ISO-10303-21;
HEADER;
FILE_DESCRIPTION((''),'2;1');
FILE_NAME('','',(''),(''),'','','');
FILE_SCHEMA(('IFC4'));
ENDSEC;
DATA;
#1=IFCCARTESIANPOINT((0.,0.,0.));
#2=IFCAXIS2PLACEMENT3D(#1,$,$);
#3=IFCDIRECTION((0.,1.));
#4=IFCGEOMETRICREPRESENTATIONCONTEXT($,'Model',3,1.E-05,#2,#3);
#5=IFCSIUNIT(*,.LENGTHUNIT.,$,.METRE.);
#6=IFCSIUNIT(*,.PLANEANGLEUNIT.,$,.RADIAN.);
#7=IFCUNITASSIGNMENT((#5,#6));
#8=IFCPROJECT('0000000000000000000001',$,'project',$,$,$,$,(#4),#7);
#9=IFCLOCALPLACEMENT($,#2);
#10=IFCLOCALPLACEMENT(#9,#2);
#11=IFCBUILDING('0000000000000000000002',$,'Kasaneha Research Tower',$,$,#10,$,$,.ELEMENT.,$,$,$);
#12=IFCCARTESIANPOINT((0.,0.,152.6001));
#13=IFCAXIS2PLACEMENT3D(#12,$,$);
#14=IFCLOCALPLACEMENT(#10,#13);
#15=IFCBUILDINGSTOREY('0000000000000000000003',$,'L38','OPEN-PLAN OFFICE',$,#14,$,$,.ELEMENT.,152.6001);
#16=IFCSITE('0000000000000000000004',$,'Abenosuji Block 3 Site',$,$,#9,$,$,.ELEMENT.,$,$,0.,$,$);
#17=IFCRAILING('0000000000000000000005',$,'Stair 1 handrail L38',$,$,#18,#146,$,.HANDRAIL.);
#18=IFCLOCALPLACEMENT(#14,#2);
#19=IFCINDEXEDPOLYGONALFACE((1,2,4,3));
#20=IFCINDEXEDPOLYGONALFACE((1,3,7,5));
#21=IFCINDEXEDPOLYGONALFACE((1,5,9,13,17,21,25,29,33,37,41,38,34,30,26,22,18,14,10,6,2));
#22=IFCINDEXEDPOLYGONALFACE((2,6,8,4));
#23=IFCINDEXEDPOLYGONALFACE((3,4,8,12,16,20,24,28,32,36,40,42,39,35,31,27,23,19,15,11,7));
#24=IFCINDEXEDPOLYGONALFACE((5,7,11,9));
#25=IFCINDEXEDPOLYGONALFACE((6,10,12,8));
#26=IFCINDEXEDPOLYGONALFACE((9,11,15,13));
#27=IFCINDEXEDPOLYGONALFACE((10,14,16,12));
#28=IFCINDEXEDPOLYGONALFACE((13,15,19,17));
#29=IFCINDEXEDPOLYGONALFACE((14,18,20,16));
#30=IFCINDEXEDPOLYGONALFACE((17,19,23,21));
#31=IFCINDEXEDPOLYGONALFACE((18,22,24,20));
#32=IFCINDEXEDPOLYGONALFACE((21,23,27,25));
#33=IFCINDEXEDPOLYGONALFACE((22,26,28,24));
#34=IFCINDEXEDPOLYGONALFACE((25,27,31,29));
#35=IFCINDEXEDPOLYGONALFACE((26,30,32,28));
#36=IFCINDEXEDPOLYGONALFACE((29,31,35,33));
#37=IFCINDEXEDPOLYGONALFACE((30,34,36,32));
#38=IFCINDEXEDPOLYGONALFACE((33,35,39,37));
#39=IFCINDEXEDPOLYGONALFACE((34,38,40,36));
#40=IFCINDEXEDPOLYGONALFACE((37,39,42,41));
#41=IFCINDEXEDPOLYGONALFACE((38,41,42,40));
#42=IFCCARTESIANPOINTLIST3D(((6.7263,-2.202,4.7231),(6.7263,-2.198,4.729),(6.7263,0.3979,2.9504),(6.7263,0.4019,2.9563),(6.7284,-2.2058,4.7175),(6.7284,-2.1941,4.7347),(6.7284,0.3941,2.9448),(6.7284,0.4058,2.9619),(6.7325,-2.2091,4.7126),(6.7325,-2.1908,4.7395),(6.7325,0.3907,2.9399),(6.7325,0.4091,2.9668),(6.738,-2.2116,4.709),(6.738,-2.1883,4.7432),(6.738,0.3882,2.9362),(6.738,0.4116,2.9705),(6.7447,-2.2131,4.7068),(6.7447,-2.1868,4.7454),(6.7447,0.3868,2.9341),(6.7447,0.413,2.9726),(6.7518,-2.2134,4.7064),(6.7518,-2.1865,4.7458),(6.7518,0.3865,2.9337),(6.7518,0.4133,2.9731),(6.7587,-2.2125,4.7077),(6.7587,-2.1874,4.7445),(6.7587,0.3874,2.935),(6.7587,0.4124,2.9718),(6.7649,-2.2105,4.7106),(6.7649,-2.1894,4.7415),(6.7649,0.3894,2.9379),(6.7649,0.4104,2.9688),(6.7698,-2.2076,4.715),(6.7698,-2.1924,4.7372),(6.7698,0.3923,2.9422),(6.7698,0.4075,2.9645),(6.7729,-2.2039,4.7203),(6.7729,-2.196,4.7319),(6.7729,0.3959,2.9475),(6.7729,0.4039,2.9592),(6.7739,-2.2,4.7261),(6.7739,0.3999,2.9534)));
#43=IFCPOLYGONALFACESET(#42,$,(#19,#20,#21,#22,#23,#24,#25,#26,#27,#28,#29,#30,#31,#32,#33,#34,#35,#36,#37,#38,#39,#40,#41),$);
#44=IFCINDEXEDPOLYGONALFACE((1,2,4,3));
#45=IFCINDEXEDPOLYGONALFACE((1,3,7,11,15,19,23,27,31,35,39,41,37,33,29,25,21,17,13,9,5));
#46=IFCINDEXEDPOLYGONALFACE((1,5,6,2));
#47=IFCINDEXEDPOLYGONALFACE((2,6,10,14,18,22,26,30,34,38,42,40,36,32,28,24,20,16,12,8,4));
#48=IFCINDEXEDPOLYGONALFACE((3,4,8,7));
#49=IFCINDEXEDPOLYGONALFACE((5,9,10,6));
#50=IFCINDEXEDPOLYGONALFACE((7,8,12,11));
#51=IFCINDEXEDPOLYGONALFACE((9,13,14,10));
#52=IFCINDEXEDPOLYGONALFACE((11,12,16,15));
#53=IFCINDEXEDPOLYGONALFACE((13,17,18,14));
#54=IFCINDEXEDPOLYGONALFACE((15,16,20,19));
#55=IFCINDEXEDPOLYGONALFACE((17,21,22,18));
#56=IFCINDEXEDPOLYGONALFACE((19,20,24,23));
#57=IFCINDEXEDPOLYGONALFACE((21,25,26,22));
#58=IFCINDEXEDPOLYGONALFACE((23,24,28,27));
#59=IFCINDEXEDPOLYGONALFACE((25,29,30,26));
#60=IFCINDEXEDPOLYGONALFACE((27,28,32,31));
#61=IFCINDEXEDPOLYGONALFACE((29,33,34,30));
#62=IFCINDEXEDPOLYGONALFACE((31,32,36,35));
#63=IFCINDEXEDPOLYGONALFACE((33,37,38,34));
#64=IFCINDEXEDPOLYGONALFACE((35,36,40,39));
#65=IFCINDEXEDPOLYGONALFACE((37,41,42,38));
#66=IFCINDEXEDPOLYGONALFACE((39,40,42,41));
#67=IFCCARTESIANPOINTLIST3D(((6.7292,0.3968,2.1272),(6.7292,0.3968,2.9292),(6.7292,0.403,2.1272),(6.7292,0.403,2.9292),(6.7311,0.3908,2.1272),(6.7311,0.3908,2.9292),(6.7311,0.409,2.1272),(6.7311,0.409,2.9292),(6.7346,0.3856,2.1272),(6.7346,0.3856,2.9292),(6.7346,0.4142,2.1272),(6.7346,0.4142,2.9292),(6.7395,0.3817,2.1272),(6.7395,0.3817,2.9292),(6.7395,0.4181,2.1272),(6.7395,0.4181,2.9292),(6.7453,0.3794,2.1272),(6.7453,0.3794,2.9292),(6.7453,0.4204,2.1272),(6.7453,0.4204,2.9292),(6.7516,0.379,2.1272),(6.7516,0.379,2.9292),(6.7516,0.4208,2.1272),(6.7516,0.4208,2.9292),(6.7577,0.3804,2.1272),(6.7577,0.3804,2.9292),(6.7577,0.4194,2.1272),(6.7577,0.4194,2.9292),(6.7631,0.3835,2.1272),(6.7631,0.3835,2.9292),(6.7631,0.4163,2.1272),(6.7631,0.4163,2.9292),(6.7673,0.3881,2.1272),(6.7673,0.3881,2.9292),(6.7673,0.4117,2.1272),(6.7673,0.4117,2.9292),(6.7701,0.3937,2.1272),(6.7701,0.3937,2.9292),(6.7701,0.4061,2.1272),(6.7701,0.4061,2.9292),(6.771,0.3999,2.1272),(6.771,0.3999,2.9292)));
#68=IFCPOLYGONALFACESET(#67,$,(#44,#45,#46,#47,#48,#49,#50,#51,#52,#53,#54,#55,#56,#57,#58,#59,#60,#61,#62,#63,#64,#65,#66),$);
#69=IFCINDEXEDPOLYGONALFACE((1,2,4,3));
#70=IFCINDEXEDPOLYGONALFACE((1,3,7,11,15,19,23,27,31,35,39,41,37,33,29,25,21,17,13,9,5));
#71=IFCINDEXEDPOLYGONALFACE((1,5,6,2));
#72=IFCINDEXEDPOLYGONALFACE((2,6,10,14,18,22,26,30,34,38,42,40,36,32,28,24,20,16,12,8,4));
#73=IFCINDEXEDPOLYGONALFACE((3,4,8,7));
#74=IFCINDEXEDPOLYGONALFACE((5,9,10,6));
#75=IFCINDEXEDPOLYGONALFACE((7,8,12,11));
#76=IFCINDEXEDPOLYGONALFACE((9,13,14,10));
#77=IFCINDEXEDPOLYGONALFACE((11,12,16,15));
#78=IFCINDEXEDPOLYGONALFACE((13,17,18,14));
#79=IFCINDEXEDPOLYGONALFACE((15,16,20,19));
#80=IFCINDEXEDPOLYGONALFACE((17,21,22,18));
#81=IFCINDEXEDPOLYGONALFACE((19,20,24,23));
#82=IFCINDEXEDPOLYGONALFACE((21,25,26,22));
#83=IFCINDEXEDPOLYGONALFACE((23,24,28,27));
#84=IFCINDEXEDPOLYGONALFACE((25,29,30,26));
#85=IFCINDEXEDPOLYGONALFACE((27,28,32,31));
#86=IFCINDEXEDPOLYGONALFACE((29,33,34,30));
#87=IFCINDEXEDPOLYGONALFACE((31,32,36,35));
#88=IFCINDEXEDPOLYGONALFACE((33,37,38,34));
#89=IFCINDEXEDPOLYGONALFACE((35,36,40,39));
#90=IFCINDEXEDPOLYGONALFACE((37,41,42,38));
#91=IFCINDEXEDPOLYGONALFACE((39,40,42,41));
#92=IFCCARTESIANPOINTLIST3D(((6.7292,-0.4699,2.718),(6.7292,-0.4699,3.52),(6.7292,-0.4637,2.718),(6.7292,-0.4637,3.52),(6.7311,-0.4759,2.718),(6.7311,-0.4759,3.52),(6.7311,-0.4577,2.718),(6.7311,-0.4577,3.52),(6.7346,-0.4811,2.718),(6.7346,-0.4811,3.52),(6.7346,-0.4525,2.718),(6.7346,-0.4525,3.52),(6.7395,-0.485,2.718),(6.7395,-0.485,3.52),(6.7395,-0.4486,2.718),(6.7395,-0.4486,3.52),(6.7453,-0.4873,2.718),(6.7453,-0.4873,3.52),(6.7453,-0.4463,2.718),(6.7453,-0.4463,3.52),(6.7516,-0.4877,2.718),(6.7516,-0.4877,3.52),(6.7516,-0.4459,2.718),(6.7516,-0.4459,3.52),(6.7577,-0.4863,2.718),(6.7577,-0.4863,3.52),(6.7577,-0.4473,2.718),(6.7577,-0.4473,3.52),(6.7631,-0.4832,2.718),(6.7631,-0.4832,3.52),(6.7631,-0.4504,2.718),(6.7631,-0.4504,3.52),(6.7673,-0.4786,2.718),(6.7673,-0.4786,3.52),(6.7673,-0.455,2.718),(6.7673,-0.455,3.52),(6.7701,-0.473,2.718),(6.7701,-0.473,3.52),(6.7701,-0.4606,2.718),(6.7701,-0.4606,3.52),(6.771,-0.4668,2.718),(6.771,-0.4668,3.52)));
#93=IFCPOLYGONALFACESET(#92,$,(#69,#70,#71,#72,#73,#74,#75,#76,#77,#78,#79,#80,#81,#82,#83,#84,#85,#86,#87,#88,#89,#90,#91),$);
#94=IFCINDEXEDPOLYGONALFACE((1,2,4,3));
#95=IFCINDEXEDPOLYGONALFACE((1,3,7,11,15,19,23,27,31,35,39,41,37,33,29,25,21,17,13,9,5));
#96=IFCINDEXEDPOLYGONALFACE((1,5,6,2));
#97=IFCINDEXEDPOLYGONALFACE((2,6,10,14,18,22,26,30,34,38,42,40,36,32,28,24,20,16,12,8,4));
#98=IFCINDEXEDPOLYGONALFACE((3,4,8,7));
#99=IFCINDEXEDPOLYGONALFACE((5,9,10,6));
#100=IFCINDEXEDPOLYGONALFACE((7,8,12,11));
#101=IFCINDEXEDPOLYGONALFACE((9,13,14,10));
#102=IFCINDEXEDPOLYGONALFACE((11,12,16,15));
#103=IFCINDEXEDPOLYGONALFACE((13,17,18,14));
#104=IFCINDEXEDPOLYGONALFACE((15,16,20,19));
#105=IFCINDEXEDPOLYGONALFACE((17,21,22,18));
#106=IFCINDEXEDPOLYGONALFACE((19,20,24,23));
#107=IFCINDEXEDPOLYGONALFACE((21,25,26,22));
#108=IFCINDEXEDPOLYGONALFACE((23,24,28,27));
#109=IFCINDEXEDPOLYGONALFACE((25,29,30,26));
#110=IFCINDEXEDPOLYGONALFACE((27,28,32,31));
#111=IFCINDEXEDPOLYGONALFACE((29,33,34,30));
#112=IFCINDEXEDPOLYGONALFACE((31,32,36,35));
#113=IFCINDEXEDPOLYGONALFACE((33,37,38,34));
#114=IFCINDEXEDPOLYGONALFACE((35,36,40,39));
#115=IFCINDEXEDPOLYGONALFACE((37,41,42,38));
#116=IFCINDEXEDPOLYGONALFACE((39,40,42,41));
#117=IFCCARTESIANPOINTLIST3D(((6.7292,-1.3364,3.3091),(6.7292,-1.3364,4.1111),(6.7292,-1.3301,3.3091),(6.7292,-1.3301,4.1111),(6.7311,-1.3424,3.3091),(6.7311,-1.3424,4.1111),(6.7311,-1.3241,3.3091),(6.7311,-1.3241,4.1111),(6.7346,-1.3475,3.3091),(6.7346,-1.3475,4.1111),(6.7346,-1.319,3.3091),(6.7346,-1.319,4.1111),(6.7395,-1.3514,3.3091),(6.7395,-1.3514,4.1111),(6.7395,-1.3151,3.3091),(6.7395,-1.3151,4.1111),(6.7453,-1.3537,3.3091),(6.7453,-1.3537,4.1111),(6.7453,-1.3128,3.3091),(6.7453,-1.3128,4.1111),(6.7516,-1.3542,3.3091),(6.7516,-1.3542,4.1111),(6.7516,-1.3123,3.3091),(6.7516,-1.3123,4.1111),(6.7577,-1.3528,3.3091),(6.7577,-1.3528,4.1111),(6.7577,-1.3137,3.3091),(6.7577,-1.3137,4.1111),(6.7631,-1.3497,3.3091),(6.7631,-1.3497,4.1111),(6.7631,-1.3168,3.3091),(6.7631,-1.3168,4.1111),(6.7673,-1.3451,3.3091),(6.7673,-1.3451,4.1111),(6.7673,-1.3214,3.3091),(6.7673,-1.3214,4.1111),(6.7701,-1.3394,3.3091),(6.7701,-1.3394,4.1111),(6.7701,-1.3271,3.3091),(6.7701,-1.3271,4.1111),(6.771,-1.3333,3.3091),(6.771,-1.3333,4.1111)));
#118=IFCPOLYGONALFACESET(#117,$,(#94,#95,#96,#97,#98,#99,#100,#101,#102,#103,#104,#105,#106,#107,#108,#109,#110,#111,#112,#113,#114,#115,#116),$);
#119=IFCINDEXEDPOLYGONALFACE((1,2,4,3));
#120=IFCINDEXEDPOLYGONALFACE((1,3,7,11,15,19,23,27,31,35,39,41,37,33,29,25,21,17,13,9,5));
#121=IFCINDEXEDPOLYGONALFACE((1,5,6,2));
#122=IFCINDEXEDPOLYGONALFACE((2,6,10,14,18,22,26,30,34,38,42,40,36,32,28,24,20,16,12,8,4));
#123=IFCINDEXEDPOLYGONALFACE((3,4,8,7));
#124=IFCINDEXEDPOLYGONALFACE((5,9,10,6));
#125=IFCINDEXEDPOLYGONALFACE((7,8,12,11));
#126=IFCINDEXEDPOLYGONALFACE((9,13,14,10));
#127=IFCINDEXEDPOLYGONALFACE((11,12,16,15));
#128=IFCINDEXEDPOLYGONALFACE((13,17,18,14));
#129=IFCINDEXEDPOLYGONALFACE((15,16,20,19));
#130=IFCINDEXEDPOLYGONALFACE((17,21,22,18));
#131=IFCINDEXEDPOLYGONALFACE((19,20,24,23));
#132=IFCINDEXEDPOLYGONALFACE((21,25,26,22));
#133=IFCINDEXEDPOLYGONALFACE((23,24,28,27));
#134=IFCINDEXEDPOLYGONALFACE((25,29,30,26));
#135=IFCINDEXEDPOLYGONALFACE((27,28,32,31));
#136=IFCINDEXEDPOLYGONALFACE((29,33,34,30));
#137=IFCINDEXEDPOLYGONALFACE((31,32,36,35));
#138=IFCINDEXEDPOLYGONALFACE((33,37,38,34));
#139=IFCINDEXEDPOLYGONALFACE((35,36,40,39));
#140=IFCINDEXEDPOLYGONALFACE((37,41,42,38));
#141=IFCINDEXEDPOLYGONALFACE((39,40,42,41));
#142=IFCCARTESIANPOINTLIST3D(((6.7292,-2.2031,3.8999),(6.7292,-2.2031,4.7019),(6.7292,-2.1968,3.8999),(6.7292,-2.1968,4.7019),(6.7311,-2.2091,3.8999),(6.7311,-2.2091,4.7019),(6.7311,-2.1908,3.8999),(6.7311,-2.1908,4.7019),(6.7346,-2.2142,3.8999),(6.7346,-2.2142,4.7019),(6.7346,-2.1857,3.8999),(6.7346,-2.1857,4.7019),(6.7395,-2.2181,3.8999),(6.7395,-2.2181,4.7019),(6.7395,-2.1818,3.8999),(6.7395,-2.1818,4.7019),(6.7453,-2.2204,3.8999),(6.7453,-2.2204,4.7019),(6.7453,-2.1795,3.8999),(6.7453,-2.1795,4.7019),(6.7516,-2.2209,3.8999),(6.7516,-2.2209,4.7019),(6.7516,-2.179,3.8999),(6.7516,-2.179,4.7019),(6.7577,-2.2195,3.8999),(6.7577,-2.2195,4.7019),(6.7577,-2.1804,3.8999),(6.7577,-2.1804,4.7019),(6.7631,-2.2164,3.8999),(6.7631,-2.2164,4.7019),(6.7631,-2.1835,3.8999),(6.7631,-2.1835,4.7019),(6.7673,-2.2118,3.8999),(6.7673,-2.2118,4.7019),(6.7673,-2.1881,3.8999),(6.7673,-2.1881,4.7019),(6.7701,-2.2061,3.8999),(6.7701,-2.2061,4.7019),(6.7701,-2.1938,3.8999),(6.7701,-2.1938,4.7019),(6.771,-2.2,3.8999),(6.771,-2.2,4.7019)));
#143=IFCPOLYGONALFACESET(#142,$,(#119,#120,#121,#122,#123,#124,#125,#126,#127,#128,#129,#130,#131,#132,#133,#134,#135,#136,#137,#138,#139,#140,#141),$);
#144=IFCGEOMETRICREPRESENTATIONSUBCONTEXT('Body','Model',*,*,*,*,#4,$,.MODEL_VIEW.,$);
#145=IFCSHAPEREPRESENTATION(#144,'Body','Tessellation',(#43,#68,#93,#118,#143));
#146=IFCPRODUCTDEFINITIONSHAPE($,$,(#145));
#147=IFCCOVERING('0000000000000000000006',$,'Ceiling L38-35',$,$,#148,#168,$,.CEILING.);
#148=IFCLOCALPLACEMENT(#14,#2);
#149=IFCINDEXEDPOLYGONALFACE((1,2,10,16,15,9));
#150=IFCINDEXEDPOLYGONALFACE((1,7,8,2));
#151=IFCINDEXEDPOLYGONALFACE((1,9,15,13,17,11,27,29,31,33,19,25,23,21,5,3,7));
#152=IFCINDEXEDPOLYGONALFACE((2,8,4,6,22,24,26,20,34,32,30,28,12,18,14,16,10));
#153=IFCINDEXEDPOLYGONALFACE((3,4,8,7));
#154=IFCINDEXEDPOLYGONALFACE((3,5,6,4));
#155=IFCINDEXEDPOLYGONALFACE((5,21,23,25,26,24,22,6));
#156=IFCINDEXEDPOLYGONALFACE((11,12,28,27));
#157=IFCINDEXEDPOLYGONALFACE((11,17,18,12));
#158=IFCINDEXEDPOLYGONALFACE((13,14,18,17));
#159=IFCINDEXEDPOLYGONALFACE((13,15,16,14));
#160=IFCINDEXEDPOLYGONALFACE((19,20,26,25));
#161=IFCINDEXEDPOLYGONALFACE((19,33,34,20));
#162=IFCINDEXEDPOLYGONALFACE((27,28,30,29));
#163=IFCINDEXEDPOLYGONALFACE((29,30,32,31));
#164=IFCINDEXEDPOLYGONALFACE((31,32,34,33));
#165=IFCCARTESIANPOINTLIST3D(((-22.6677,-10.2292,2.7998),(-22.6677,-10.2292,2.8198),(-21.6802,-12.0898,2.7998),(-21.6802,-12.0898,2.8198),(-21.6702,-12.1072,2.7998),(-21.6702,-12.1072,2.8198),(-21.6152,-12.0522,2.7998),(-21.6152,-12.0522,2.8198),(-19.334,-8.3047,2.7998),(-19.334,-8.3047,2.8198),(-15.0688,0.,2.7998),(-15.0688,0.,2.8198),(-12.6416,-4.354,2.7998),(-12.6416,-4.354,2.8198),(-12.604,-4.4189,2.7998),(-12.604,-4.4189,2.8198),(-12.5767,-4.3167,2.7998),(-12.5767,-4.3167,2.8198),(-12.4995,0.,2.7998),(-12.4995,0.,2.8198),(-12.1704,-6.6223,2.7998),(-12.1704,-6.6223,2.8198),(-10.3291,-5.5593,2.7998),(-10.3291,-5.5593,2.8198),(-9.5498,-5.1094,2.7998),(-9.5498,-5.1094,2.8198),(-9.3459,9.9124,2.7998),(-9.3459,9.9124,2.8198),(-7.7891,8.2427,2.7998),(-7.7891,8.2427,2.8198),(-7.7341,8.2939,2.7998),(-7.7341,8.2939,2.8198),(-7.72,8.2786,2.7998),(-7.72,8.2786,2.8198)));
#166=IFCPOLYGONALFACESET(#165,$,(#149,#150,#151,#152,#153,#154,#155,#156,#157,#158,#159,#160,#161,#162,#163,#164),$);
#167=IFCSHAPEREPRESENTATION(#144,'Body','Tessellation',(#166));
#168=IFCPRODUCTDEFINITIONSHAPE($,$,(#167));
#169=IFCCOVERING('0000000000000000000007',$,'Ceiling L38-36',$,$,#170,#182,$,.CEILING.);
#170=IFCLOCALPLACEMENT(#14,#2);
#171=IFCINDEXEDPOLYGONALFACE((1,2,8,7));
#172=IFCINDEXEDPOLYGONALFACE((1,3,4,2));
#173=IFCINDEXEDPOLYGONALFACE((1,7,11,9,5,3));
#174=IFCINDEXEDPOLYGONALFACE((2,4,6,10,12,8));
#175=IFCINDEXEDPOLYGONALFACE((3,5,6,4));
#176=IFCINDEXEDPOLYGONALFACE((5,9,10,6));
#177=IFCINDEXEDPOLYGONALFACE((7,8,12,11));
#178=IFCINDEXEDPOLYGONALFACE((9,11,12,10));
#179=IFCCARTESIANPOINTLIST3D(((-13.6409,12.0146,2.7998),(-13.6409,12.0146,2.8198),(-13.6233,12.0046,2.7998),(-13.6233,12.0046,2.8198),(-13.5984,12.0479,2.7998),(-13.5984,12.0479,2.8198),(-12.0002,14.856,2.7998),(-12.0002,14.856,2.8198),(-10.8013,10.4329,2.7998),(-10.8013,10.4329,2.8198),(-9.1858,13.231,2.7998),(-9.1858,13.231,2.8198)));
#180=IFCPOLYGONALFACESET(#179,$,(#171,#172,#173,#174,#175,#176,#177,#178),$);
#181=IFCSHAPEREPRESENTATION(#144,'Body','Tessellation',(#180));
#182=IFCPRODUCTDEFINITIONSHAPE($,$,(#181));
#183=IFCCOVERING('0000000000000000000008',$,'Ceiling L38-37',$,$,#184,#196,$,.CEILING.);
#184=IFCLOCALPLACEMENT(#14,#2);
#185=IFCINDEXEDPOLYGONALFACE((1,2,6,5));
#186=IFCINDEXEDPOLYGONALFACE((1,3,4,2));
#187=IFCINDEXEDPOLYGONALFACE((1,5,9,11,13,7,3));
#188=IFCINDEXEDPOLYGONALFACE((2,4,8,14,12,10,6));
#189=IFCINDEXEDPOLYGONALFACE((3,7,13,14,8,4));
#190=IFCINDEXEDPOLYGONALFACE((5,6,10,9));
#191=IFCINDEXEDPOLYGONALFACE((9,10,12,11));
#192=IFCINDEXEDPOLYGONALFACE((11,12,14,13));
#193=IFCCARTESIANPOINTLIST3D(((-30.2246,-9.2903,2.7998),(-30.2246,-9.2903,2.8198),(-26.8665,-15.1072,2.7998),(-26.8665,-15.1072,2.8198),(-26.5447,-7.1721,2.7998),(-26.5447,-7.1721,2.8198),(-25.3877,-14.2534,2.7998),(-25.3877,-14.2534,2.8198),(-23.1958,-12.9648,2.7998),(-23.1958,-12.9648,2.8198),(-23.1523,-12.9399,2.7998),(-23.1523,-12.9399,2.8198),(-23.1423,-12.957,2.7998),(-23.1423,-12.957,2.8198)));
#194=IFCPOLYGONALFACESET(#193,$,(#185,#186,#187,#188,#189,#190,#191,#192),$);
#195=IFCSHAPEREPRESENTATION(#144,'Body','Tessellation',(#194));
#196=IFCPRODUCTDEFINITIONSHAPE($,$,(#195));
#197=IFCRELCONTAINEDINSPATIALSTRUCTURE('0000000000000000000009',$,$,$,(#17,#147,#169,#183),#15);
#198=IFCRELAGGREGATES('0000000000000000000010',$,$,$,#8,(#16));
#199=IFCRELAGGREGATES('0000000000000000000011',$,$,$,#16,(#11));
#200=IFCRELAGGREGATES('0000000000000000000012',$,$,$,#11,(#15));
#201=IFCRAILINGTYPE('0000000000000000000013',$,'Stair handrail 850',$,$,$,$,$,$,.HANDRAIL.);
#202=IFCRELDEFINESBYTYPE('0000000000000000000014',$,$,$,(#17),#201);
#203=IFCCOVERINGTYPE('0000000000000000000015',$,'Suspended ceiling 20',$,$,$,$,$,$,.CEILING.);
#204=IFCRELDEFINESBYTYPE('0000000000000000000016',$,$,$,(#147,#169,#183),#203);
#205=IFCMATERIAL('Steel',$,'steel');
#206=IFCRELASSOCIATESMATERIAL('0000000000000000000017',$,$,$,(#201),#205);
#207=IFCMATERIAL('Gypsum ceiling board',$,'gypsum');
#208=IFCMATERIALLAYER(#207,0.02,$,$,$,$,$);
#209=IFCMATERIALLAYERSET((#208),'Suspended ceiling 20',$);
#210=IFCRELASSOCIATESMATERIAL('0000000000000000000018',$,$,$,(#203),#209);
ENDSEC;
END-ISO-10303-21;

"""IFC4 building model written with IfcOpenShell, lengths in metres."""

from ifc_helpers import new_model, si_unit, direction, frame, origin, origin_2d, place, context, subcontext, project, spatial, polyline, circle, outline, extrude, material, layer, layer_set, type_object, element, save


model = new_model("IFC4")

# Units and contexts
model_context = context("Model", 3, precision=1e-05, world=origin(), true_north=direction((0.0, 1.0)))
body_context = subcontext(model_context, "Body", "Model", "MODEL_VIEW")
ifc_project = project(units=[si_unit("LENGTHUNIT", "METRE"), si_unit("PLANEANGLEUNIT", "RADIAN")], contexts=[model_context])

# Site, building, storey
site_placement = place(None, origin())
site = spatial("IfcSite", under=ifc_project, at=site_placement, Name="Abenosuji Block 3 Site", CompositionType="ELEMENT", RefElevation=0.0)
building_placement = place(site_placement, origin())
building = spatial("IfcBuilding", under=site, at=building_placement, Name="Kasaneha Research Tower", CompositionType="ELEMENT")
storey_placement = place(building_placement, frame((0.0, 0.0, 152.6001)))
storey = spatial("IfcBuildingStorey", under=building, at=storey_placement, Name="L38", Description="OPEN-PLAN OFFICE", CompositionType="ELEMENT", Elevation=152.6001)

# Railing
ifc_material_1 = material(Name="Steel", Category="steel")
railing_type_1 = type_object("IfcRailingType", Name="Stair handrail 850", PredefinedType="HANDRAIL", material=ifc_material_1)
railing_1_placement = place(storey_placement, frame((6.75, 0.3999, 2.1272)))
element("IfcRailing", 1, at=railing_1_placement, inside=storey, type_object=railing_type_1, Name="Stair 1 handrail L38", PredefinedType="HANDRAIL", context=body_context, shape_type="SweptSolid", body=[
    extrude(circle(Radius=0.0239, at=origin_2d()), frame((0.0, 0.0, 0.8262), z_axis=(0.0, -0.826216, 0.563354), x_axis=(1.0, 0.0, 0.0)), (0.0, 0.0, 1.0), 3.1467),
    extrude(circle(Radius=0.021, at=origin_2d()), origin(), (0.0, 0.0, 1.0), 0.802),
    extrude(circle(Radius=0.021, at=origin_2d()), frame((0.0, -0.8667, 0.5908)), (0.0, 0.0, 1.0), 0.802),
    extrude(circle(Radius=0.021, at=origin_2d()), frame((0.0, -1.7332, 1.1819)), (0.0, 0.0, 1.0), 0.802),
    extrude(circle(Radius=0.021, at=origin_2d()), frame((0.0, -2.5999, 1.7727)), (0.0, 0.0, 1.0), 0.802),
])

# Coverings
ifc_material_2 = material(Name="Gypsum ceiling board", Category="gypsum")
ifc_layer_1 = layer(ifc_material_2, 0.02)
ifc_layer_set_1 = layer_set([ifc_layer_1], Name="Suspended ceiling 20")
covering_type_1 = type_object("IfcCoveringType", Name="Suspended ceiling 20", PredefinedType="CEILING", material=ifc_layer_set_1)
covering_1_placement = place(storey_placement, frame((0.0, 0.0, 2.7998)))
element("IfcCovering", 2, at=covering_1_placement, inside=storey, type_object=covering_type_1, Name="Ceiling L38-35", PredefinedType="CEILING", context=body_context, shape_type="SweptSolid", body=[
    extrude(outline(polyline([(-9.5498, -5.1094), (-10.3291, -5.5593), (-10.3291, -5.5593), (-12.1704, -6.6223), (-21.6702, -12.1072), (-21.6802, -12.0898), (-21.6152, -12.0522), (-22.6677, -10.2292), (-19.334, -8.3047), (-19.334, -8.3047), (-12.604, -4.4189), (-12.6416, -4.354), (-12.5767, -4.3167), (-15.0688, 0.0), (-9.3459, 9.9124), (-7.7891, 8.2427), (-7.7341, 8.2939), (-7.72, 8.2786), (-12.4995, 0.0), (-9.5498, -5.1094)])), origin(), (0.0, 0.0, 1.0), 0.02),
])
covering_2_placement = place(storey_placement, frame((0.0, 0.0, 2.7998)))
element("IfcCovering", 3, at=covering_2_placement, inside=storey, type_object=covering_type_1, Name="Ceiling L38-36", PredefinedType="CEILING", context=body_context, shape_type="SweptSolid", body=[
    extrude(outline(polyline([(-12.0002, 14.856), (-9.1858, 13.231), (-10.8013, 10.4329), (-13.5984, 12.0479), (-13.6233, 12.0046), (-13.6409, 12.0146), (-12.0002, 14.856)])), origin(), (0.0, 0.0, 1.0), 0.02),
])
covering_3_placement = place(storey_placement, frame((0.0, 0.0, 2.7998)))
element("IfcCovering", 4, at=covering_3_placement, inside=storey, type_object=covering_type_1, Name="Ceiling L38-37", PredefinedType="CEILING", context=body_context, shape_type="SweptSolid", body=[
    extrude(outline(polyline([(-30.2246, -9.2903), (-26.5447, -7.1721), (-23.1958, -12.9648), (-23.1523, -12.9399), (-23.1423, -12.957), (-25.3877, -14.2534), (-26.8665, -15.1072), (-30.2246, -9.2903)])), origin(), (0.0, 0.0, 1.0), 0.02),
])

save(model, "model.ifc")
